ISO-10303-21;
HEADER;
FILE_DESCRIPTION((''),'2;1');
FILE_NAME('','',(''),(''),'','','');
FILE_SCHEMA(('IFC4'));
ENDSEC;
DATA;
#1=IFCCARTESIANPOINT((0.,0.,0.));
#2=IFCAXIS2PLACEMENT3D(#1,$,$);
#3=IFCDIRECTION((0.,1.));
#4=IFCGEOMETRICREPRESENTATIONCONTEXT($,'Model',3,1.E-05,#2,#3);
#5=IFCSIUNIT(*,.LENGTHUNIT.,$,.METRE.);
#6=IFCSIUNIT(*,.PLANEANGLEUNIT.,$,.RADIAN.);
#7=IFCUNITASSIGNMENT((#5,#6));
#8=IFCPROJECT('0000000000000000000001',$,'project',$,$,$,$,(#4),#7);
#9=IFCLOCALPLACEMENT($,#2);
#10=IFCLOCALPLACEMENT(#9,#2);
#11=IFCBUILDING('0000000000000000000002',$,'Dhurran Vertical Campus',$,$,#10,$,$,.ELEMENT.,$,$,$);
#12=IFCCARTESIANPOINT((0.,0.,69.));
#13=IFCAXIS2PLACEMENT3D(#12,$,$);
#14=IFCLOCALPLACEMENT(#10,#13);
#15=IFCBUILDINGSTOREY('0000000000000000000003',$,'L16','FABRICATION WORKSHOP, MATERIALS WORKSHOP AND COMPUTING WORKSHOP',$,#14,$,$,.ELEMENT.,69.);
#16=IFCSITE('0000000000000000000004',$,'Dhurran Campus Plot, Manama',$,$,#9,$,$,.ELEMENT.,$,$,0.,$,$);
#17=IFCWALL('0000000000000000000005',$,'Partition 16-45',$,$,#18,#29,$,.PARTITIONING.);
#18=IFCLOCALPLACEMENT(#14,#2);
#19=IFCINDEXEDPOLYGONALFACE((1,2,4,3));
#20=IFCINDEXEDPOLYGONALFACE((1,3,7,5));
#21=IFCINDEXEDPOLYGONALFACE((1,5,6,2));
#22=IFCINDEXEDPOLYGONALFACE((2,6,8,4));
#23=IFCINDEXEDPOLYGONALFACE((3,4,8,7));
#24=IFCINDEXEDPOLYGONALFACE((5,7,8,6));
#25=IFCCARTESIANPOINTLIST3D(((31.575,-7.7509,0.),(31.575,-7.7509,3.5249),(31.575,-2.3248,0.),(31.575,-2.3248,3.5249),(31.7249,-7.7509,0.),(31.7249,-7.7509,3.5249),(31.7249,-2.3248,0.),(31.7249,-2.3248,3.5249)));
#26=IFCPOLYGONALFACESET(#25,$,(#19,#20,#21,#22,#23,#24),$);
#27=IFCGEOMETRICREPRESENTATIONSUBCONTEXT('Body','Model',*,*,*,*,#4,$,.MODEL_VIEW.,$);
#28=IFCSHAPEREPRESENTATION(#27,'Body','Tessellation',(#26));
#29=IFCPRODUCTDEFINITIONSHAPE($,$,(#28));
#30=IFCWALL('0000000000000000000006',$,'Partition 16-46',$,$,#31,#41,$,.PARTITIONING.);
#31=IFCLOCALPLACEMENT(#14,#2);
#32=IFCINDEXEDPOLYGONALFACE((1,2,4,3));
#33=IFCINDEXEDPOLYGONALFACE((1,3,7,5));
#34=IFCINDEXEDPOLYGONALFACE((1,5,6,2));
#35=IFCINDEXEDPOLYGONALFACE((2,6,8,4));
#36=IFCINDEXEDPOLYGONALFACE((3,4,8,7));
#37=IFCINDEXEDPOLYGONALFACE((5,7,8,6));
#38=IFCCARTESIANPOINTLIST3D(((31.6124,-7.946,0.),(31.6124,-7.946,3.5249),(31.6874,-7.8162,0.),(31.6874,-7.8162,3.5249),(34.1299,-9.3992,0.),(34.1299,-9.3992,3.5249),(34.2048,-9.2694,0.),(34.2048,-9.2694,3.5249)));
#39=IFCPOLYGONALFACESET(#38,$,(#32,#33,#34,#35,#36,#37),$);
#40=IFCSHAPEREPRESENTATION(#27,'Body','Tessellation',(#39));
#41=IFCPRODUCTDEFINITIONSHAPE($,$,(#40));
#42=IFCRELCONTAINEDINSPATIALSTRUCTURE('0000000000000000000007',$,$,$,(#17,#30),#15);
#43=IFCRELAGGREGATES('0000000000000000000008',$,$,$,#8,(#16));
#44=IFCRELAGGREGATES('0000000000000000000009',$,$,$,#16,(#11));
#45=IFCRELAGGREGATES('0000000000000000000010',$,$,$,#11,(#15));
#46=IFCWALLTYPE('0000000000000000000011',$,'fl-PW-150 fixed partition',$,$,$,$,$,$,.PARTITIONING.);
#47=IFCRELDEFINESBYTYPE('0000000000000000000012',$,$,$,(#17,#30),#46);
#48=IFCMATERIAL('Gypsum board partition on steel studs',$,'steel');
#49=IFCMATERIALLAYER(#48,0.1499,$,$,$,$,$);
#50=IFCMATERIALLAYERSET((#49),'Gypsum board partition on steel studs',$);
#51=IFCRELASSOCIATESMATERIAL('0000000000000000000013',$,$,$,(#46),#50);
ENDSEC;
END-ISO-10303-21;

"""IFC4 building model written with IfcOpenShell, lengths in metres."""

from ifc_helpers import new_model, si_unit, direction, frame, frame_2d, origin, place, context, subcontext, project, spatial, rectangle, extrude, material, layer, layer_set, type_object, element, save


model = new_model("IFC4")

# Units and contexts
model_context = context("Model", 3, precision=1e-05, world=origin(), true_north=direction((0.0, 1.0)))
body_context = subcontext(model_context, "Body", "Model", "MODEL_VIEW")
ifc_project = project(units=[si_unit("LENGTHUNIT", "METRE"), si_unit("PLANEANGLEUNIT", "RADIAN")], contexts=[model_context])

# Site, building, storey
site_placement = place(None, origin())
site = spatial("IfcSite", under=ifc_project, at=site_placement, Name="Dhurran Campus Plot, Manama", CompositionType="ELEMENT", RefElevation=0.0)
building_placement = place(site_placement, origin())
building = spatial("IfcBuilding", under=site, at=building_placement, Name="Dhurran Vertical Campus", CompositionType="ELEMENT")
storey_placement = place(building_placement, frame((0.0, 0.0, 69.0)))
storey = spatial("IfcBuildingStorey", under=building, at=storey_placement, Name="L16", Description="FABRICATION WORKSHOP, MATERIALS WORKSHOP AND COMPUTING WORKSHOP", CompositionType="ELEMENT", Elevation=69.0)

# Walls
ifc_material_1 = material(Name="Gypsum board partition on steel studs", Category="steel")
ifc_layer_1 = layer(ifc_material_1, 0.1499)
ifc_layer_set_1 = layer_set([ifc_layer_1], Name="Gypsum board partition on steel studs")
wall_type_1 = type_object("IfcWallType", Name="fl-PW-150 fixed partition", PredefinedType="PARTITIONING", material=ifc_layer_set_1)
wall_1_placement = place(storey_placement, frame((31.6499, -2.325, 0.0), z_axis=(0.0, 0.0, 1.0), x_axis=(0.0, -1.0, 0.0)))
element("IfcWall", 1, at=wall_1_placement, inside=storey, type_object=wall_type_1, Name="Partition 16-45", PredefinedType="PARTITIONING", context=body_context, shape_type="SweptSolid", body=[
    extrude(rectangle(XDim=5.426, YDim=0.1499, at=frame_2d((2.7129, 0.0))), origin(), (0.0, 0.0, 1.0), 3.5249),
])
wall_2_placement = place(storey_placement, frame((31.6499, -7.8811, 0.0), z_axis=(0.0, 0.0, 1.0), x_axis=(0.866064, -0.499933, 0.0)))
element("IfcWall", 2, at=wall_2_placement, inside=storey, type_object=wall_type_1, Name="Partition 16-46", PredefinedType="PARTITIONING", context=body_context, shape_type="SweptSolid", body=[
    extrude(rectangle(XDim=2.9067, YDim=0.1499, at=frame_2d((1.4534, 0.0))), origin(), (0.0, 0.0, 1.0), 3.5249),
])

save(model, "model.ifc")
